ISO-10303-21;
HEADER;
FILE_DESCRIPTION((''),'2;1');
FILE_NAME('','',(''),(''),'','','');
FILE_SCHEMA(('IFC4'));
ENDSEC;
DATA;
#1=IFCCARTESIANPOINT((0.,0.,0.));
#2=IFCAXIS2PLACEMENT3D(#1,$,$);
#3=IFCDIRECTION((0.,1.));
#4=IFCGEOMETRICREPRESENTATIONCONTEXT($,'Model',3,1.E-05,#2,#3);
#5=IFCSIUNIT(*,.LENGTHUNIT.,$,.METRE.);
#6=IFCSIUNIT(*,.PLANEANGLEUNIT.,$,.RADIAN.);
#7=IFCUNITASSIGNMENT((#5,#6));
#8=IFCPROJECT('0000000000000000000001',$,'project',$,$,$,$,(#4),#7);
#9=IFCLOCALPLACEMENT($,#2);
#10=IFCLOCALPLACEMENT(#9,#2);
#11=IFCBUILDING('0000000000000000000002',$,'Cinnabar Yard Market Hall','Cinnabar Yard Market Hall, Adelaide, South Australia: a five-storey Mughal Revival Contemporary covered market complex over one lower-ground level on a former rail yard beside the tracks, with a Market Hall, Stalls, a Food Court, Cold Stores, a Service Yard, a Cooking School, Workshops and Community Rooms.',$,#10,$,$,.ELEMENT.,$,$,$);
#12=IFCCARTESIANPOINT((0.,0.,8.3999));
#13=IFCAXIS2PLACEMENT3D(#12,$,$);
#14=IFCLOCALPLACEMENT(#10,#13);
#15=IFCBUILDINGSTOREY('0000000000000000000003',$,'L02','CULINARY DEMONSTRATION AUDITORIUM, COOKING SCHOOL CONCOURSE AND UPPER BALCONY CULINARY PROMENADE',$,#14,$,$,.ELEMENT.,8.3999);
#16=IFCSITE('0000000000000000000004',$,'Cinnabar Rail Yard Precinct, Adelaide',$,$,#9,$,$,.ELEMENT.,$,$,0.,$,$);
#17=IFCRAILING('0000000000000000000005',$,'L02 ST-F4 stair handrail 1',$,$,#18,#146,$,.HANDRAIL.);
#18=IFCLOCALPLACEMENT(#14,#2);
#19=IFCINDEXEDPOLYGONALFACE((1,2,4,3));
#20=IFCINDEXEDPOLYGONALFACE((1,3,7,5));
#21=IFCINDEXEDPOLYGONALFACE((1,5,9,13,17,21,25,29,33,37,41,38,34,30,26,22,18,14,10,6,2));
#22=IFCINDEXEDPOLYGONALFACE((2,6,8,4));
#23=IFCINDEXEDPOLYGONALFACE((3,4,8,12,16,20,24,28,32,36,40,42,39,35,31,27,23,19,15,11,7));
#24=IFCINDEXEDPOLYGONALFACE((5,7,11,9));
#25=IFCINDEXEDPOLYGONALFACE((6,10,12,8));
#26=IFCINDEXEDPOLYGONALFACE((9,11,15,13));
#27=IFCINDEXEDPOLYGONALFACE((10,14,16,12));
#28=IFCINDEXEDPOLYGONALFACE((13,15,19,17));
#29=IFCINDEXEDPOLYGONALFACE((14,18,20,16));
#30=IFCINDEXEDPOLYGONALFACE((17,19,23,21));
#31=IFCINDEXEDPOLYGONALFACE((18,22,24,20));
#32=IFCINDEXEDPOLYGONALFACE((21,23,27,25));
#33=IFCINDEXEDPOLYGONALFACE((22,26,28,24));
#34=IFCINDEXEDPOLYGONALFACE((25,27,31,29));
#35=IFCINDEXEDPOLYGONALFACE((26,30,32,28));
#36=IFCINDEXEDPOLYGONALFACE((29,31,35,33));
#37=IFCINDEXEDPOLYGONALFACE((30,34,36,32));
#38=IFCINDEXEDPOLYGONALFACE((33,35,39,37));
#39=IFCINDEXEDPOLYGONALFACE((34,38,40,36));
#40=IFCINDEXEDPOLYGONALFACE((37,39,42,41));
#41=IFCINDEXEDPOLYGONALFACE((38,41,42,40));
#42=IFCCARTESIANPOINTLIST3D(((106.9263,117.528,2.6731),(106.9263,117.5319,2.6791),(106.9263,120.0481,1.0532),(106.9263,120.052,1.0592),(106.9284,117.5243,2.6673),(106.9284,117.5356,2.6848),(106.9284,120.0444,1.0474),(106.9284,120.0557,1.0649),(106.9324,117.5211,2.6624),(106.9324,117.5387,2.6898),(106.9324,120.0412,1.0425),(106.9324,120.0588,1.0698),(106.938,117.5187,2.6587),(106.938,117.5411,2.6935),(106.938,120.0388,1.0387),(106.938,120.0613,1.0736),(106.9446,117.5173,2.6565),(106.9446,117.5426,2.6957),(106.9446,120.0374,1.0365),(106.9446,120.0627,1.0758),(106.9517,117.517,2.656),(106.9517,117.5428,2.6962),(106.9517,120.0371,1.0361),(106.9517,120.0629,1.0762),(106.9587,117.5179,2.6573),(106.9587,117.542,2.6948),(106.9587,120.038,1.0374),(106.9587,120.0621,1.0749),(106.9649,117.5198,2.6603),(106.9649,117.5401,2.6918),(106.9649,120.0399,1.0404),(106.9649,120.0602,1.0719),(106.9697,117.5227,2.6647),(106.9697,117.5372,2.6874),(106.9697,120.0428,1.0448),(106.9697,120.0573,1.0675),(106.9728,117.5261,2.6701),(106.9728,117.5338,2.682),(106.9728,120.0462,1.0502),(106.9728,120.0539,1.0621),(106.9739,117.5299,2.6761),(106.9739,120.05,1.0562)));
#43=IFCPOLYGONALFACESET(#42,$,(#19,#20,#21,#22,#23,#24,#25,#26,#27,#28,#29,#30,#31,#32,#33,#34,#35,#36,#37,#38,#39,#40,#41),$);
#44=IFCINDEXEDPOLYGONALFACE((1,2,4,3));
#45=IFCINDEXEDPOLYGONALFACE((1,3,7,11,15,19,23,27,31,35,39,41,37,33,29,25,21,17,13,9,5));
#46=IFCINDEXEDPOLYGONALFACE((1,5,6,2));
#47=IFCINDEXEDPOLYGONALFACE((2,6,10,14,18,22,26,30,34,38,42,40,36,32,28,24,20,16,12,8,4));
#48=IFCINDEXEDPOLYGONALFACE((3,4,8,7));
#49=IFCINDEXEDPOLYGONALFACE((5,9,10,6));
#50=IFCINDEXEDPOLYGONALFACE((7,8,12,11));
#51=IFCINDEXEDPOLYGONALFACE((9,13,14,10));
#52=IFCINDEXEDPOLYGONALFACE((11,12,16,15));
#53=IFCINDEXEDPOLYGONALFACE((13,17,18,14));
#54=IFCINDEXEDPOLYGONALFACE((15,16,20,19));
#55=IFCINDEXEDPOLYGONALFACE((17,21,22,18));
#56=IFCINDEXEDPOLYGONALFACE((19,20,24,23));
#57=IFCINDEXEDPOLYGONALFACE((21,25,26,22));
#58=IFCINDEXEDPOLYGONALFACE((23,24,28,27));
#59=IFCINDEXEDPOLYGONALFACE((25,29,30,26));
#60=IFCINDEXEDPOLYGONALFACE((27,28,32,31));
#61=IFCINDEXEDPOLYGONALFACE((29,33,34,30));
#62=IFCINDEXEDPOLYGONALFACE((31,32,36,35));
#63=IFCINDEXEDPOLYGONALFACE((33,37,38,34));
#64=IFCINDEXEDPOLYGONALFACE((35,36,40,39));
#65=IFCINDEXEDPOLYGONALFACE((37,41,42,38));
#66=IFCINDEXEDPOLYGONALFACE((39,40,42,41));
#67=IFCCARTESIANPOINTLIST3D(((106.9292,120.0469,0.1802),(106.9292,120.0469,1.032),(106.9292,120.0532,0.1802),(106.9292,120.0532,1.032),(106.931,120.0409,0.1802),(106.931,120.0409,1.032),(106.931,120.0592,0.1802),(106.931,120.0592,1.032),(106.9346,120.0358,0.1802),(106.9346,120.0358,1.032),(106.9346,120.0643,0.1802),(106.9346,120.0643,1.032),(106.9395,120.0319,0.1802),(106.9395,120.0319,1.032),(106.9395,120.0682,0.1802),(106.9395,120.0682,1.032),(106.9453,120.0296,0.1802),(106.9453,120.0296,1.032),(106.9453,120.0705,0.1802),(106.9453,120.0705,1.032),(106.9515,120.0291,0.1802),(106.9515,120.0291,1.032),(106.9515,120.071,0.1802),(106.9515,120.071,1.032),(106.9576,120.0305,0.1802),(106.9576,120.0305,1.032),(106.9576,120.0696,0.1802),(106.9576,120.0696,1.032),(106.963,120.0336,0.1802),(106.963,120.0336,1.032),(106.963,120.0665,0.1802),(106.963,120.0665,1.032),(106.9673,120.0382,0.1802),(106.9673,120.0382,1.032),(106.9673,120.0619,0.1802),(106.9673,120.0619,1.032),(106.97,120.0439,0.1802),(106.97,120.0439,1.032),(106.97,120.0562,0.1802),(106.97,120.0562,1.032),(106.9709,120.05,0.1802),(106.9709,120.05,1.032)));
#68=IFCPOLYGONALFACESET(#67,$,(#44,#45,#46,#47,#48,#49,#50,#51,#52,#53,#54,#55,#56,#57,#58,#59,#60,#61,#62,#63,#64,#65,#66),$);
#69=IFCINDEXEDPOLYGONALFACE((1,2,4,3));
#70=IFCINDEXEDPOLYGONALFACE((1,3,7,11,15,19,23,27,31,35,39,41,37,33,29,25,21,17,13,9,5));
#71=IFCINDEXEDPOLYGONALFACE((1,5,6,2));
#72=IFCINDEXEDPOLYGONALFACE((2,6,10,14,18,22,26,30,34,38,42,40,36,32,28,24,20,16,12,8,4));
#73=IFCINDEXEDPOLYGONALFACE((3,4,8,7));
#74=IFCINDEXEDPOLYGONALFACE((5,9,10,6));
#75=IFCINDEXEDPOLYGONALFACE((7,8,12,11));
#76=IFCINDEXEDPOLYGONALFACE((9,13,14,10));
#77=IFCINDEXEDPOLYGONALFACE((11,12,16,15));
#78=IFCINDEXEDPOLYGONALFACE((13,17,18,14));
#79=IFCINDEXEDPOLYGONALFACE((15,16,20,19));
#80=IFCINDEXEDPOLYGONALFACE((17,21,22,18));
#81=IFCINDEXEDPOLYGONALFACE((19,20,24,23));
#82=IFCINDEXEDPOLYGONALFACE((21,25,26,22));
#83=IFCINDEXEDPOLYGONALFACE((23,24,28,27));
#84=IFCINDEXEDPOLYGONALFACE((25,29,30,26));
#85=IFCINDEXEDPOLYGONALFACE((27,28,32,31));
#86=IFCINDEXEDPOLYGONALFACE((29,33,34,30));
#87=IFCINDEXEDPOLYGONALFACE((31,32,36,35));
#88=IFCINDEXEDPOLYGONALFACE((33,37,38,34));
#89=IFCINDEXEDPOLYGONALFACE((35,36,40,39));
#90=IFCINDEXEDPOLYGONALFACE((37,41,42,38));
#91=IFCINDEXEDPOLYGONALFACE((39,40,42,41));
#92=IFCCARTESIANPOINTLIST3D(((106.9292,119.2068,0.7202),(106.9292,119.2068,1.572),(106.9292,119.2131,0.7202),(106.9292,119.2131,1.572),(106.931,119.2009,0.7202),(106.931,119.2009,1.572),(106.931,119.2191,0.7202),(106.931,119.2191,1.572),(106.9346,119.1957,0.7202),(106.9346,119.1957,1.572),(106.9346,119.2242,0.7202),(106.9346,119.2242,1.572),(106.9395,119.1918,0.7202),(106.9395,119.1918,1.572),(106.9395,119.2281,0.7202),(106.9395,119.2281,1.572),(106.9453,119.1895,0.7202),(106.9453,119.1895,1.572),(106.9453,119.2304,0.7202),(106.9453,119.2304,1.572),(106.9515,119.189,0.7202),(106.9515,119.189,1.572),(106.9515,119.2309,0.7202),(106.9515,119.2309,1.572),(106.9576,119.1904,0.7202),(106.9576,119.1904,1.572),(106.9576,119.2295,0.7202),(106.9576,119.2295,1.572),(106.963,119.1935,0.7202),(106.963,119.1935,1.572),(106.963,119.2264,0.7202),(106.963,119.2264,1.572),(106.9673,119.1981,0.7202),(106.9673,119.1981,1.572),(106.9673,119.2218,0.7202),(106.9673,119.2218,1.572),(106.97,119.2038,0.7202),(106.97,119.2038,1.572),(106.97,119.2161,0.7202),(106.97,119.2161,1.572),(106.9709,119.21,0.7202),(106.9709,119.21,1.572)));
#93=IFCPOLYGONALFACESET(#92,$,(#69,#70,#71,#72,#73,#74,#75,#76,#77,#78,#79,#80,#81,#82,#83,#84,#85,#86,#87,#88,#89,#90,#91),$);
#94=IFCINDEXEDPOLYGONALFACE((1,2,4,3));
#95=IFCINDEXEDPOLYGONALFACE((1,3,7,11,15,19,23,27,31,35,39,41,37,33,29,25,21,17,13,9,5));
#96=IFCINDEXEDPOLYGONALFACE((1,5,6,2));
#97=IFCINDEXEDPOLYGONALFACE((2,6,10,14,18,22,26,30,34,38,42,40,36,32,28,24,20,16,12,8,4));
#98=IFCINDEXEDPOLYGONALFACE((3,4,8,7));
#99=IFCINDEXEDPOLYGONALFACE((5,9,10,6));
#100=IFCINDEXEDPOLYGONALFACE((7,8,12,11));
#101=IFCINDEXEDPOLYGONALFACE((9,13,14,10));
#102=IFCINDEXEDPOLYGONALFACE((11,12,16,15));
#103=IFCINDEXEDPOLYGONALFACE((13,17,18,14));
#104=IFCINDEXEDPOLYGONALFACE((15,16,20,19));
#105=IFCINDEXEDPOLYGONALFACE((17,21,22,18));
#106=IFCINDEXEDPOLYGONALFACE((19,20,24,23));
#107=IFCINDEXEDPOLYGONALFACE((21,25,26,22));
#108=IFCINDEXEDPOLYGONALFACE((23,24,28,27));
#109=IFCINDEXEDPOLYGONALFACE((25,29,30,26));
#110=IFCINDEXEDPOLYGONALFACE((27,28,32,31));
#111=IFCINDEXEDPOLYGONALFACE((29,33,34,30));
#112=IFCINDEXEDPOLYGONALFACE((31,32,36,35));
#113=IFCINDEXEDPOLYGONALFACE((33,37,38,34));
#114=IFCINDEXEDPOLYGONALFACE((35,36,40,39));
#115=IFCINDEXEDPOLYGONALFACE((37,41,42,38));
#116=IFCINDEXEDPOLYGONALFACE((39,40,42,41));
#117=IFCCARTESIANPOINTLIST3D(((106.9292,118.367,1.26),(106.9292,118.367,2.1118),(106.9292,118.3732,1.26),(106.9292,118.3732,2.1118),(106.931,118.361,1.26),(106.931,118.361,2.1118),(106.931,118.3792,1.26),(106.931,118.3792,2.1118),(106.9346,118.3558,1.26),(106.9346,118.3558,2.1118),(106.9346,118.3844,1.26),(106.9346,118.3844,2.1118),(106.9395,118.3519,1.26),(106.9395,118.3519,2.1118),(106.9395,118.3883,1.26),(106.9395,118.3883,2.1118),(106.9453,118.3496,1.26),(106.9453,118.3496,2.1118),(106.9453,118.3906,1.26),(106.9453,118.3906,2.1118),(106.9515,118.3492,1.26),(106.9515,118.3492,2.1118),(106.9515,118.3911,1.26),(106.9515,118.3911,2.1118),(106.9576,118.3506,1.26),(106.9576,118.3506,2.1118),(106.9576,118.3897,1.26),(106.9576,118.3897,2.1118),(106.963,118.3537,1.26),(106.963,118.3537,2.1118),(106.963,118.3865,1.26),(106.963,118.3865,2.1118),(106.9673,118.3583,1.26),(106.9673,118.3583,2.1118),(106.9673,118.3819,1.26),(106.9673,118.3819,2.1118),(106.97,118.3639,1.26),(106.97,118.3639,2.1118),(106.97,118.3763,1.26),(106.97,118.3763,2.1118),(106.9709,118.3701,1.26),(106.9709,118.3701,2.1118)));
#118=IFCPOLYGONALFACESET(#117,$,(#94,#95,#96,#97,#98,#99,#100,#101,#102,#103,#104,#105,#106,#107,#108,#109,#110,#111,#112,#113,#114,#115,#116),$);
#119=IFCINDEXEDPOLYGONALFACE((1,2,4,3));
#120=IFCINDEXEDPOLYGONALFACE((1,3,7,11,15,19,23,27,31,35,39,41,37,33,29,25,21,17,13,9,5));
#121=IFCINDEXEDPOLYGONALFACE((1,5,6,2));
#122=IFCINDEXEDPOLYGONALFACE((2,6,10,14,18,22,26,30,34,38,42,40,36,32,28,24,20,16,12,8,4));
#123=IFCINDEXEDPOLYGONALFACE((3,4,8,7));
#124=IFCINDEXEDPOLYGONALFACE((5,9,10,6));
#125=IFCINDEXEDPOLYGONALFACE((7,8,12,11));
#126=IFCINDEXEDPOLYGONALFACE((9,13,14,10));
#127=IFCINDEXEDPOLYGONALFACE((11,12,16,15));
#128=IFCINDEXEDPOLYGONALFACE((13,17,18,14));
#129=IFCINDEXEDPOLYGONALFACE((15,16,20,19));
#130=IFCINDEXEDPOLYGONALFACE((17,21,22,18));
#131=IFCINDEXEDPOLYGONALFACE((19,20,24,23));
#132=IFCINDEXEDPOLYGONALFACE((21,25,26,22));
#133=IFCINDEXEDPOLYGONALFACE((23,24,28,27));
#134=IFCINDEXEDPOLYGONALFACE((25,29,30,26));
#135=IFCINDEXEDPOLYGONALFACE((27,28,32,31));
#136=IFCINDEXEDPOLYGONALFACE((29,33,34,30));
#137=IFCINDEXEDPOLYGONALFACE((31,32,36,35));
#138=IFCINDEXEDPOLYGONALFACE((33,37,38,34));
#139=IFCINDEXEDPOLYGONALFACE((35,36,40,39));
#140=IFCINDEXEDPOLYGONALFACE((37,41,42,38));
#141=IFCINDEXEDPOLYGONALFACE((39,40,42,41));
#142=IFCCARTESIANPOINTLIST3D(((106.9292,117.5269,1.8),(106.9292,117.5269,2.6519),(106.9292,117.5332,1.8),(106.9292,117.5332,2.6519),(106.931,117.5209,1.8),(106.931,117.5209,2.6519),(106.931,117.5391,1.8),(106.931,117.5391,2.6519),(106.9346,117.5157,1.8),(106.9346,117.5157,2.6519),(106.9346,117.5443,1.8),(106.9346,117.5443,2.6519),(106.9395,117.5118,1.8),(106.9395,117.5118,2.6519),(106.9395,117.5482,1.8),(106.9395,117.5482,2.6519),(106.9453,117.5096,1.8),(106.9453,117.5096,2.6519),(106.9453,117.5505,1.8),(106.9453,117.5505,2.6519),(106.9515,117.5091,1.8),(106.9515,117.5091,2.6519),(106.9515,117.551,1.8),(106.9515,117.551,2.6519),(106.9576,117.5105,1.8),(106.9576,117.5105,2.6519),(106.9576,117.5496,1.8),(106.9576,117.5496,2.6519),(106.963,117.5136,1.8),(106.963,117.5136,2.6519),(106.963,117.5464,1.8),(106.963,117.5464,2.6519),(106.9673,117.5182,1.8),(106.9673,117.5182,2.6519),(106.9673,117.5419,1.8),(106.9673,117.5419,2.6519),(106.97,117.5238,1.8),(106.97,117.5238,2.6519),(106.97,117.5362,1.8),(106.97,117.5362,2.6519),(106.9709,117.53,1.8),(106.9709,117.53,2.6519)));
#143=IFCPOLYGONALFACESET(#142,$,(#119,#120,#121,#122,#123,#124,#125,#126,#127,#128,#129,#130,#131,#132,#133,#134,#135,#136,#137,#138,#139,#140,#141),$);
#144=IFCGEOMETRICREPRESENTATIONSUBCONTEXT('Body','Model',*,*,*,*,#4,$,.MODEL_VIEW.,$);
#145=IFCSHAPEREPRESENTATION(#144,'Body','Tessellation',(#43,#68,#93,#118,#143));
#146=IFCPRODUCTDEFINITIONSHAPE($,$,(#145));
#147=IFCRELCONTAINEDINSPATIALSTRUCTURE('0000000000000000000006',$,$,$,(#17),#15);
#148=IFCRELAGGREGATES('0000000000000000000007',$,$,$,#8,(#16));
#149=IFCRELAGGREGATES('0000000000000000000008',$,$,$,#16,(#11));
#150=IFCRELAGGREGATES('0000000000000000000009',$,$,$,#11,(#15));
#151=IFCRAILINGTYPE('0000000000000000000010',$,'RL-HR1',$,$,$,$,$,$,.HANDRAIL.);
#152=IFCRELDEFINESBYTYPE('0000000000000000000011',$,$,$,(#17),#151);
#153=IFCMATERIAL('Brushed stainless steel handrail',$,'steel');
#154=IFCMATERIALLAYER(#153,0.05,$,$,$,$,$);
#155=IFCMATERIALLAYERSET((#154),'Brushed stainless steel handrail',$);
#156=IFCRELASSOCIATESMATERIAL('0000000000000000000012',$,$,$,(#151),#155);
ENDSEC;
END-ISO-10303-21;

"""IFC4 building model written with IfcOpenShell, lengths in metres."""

from ifc_helpers import new_model, si_unit, direction, frame, origin, origin_2d_with_axis, place, context, subcontext, project, spatial, circle, extrude, material, layer, layer_set, type_object, element, save


model = new_model("IFC4")

# Units and contexts
model_context = context("Model", 3, precision=1e-05, world=origin(), true_north=direction((0.0, 1.0)))
body_context = subcontext(model_context, "Body", "Model", "MODEL_VIEW")
ifc_project = project(units=[si_unit("LENGTHUNIT", "METRE"), si_unit("PLANEANGLEUNIT", "RADIAN")], contexts=[model_context])

# Site, building, storey
site_placement = place(None, origin())
site = spatial("IfcSite", under=ifc_project, at=site_placement, Name="Cinnabar Rail Yard Precinct, Adelaide", CompositionType="ELEMENT", RefElevation=0.0)
building_placement = place(site_placement, origin())
building = spatial("IfcBuilding", under=site, at=building_placement, Name="Cinnabar Yard Market Hall", Description="Cinnabar Yard Market Hall, Adelaide, South Australia: a five-storey Mughal Revival Contemporary covered market complex over one lower-ground level on a former rail yard beside the tracks, with a Market Hall, Stalls, a Food Court, Cold Stores, a Service Yard, a Cooking School, Workshops and Community Rooms.", CompositionType="ELEMENT")
storey_placement = place(building_placement, frame((0.0, 0.0, 8.3999)))
storey = spatial("IfcBuildingStorey", under=building, at=storey_placement, Name="L02", Description="CULINARY DEMONSTRATION AUDITORIUM, COOKING SCHOOL CONCOURSE AND UPPER BALCONY CULINARY PROMENADE", CompositionType="ELEMENT", Elevation=8.3999)

# Railing
ifc_material_1 = material(Name="Brushed stainless steel handrail", Category="steel")
ifc_layer_1 = layer(ifc_material_1, 0.05)
ifc_layer_set_1 = layer_set([ifc_layer_1], Name="Brushed stainless steel handrail")
railing_type_1 = type_object("IfcRailingType", Name="RL-HR1", PredefinedType="HANDRAIL", material=ifc_layer_set_1)
railing_1_placement = place(storey_placement, frame((106.95, 120.05, 0.1802)))
element("IfcRailing", 1, at=railing_1_placement, inside=storey, type_object=railing_type_1, Name="L02 ST-F4 stair handrail 1", PredefinedType="HANDRAIL", context=body_context, shape_type="SweptSolid", body=[
    extrude(circle(Radius=0.0239, at=origin_2d_with_axis()), frame((0.0, 0.0, 0.876), z_axis=(0.0, -0.8412, 0.540725), x_axis=(1.0, 0.0, 0.0)), (0.0, 0.0, 1.0), 2.9958),
    extrude(circle(Radius=0.021, at=origin_2d_with_axis()), origin(), (0.0, 0.0, 1.0), 0.8518),
    extrude(circle(Radius=0.021, at=origin_2d_with_axis()), frame((0.0, -0.8401, 0.54)), (0.0, 0.0, 1.0), 0.8518),
    extrude(circle(Radius=0.021, at=origin_2d_with_axis()), frame((0.0, -1.6799, 1.0798)), (0.0, 0.0, 1.0), 0.8518),
    extrude(circle(Radius=0.021, at=origin_2d_with_axis()), frame((0.0, -2.52, 1.6199)), (0.0, 0.0, 1.0), 0.8518),
])

save(model, "model.ifc")
